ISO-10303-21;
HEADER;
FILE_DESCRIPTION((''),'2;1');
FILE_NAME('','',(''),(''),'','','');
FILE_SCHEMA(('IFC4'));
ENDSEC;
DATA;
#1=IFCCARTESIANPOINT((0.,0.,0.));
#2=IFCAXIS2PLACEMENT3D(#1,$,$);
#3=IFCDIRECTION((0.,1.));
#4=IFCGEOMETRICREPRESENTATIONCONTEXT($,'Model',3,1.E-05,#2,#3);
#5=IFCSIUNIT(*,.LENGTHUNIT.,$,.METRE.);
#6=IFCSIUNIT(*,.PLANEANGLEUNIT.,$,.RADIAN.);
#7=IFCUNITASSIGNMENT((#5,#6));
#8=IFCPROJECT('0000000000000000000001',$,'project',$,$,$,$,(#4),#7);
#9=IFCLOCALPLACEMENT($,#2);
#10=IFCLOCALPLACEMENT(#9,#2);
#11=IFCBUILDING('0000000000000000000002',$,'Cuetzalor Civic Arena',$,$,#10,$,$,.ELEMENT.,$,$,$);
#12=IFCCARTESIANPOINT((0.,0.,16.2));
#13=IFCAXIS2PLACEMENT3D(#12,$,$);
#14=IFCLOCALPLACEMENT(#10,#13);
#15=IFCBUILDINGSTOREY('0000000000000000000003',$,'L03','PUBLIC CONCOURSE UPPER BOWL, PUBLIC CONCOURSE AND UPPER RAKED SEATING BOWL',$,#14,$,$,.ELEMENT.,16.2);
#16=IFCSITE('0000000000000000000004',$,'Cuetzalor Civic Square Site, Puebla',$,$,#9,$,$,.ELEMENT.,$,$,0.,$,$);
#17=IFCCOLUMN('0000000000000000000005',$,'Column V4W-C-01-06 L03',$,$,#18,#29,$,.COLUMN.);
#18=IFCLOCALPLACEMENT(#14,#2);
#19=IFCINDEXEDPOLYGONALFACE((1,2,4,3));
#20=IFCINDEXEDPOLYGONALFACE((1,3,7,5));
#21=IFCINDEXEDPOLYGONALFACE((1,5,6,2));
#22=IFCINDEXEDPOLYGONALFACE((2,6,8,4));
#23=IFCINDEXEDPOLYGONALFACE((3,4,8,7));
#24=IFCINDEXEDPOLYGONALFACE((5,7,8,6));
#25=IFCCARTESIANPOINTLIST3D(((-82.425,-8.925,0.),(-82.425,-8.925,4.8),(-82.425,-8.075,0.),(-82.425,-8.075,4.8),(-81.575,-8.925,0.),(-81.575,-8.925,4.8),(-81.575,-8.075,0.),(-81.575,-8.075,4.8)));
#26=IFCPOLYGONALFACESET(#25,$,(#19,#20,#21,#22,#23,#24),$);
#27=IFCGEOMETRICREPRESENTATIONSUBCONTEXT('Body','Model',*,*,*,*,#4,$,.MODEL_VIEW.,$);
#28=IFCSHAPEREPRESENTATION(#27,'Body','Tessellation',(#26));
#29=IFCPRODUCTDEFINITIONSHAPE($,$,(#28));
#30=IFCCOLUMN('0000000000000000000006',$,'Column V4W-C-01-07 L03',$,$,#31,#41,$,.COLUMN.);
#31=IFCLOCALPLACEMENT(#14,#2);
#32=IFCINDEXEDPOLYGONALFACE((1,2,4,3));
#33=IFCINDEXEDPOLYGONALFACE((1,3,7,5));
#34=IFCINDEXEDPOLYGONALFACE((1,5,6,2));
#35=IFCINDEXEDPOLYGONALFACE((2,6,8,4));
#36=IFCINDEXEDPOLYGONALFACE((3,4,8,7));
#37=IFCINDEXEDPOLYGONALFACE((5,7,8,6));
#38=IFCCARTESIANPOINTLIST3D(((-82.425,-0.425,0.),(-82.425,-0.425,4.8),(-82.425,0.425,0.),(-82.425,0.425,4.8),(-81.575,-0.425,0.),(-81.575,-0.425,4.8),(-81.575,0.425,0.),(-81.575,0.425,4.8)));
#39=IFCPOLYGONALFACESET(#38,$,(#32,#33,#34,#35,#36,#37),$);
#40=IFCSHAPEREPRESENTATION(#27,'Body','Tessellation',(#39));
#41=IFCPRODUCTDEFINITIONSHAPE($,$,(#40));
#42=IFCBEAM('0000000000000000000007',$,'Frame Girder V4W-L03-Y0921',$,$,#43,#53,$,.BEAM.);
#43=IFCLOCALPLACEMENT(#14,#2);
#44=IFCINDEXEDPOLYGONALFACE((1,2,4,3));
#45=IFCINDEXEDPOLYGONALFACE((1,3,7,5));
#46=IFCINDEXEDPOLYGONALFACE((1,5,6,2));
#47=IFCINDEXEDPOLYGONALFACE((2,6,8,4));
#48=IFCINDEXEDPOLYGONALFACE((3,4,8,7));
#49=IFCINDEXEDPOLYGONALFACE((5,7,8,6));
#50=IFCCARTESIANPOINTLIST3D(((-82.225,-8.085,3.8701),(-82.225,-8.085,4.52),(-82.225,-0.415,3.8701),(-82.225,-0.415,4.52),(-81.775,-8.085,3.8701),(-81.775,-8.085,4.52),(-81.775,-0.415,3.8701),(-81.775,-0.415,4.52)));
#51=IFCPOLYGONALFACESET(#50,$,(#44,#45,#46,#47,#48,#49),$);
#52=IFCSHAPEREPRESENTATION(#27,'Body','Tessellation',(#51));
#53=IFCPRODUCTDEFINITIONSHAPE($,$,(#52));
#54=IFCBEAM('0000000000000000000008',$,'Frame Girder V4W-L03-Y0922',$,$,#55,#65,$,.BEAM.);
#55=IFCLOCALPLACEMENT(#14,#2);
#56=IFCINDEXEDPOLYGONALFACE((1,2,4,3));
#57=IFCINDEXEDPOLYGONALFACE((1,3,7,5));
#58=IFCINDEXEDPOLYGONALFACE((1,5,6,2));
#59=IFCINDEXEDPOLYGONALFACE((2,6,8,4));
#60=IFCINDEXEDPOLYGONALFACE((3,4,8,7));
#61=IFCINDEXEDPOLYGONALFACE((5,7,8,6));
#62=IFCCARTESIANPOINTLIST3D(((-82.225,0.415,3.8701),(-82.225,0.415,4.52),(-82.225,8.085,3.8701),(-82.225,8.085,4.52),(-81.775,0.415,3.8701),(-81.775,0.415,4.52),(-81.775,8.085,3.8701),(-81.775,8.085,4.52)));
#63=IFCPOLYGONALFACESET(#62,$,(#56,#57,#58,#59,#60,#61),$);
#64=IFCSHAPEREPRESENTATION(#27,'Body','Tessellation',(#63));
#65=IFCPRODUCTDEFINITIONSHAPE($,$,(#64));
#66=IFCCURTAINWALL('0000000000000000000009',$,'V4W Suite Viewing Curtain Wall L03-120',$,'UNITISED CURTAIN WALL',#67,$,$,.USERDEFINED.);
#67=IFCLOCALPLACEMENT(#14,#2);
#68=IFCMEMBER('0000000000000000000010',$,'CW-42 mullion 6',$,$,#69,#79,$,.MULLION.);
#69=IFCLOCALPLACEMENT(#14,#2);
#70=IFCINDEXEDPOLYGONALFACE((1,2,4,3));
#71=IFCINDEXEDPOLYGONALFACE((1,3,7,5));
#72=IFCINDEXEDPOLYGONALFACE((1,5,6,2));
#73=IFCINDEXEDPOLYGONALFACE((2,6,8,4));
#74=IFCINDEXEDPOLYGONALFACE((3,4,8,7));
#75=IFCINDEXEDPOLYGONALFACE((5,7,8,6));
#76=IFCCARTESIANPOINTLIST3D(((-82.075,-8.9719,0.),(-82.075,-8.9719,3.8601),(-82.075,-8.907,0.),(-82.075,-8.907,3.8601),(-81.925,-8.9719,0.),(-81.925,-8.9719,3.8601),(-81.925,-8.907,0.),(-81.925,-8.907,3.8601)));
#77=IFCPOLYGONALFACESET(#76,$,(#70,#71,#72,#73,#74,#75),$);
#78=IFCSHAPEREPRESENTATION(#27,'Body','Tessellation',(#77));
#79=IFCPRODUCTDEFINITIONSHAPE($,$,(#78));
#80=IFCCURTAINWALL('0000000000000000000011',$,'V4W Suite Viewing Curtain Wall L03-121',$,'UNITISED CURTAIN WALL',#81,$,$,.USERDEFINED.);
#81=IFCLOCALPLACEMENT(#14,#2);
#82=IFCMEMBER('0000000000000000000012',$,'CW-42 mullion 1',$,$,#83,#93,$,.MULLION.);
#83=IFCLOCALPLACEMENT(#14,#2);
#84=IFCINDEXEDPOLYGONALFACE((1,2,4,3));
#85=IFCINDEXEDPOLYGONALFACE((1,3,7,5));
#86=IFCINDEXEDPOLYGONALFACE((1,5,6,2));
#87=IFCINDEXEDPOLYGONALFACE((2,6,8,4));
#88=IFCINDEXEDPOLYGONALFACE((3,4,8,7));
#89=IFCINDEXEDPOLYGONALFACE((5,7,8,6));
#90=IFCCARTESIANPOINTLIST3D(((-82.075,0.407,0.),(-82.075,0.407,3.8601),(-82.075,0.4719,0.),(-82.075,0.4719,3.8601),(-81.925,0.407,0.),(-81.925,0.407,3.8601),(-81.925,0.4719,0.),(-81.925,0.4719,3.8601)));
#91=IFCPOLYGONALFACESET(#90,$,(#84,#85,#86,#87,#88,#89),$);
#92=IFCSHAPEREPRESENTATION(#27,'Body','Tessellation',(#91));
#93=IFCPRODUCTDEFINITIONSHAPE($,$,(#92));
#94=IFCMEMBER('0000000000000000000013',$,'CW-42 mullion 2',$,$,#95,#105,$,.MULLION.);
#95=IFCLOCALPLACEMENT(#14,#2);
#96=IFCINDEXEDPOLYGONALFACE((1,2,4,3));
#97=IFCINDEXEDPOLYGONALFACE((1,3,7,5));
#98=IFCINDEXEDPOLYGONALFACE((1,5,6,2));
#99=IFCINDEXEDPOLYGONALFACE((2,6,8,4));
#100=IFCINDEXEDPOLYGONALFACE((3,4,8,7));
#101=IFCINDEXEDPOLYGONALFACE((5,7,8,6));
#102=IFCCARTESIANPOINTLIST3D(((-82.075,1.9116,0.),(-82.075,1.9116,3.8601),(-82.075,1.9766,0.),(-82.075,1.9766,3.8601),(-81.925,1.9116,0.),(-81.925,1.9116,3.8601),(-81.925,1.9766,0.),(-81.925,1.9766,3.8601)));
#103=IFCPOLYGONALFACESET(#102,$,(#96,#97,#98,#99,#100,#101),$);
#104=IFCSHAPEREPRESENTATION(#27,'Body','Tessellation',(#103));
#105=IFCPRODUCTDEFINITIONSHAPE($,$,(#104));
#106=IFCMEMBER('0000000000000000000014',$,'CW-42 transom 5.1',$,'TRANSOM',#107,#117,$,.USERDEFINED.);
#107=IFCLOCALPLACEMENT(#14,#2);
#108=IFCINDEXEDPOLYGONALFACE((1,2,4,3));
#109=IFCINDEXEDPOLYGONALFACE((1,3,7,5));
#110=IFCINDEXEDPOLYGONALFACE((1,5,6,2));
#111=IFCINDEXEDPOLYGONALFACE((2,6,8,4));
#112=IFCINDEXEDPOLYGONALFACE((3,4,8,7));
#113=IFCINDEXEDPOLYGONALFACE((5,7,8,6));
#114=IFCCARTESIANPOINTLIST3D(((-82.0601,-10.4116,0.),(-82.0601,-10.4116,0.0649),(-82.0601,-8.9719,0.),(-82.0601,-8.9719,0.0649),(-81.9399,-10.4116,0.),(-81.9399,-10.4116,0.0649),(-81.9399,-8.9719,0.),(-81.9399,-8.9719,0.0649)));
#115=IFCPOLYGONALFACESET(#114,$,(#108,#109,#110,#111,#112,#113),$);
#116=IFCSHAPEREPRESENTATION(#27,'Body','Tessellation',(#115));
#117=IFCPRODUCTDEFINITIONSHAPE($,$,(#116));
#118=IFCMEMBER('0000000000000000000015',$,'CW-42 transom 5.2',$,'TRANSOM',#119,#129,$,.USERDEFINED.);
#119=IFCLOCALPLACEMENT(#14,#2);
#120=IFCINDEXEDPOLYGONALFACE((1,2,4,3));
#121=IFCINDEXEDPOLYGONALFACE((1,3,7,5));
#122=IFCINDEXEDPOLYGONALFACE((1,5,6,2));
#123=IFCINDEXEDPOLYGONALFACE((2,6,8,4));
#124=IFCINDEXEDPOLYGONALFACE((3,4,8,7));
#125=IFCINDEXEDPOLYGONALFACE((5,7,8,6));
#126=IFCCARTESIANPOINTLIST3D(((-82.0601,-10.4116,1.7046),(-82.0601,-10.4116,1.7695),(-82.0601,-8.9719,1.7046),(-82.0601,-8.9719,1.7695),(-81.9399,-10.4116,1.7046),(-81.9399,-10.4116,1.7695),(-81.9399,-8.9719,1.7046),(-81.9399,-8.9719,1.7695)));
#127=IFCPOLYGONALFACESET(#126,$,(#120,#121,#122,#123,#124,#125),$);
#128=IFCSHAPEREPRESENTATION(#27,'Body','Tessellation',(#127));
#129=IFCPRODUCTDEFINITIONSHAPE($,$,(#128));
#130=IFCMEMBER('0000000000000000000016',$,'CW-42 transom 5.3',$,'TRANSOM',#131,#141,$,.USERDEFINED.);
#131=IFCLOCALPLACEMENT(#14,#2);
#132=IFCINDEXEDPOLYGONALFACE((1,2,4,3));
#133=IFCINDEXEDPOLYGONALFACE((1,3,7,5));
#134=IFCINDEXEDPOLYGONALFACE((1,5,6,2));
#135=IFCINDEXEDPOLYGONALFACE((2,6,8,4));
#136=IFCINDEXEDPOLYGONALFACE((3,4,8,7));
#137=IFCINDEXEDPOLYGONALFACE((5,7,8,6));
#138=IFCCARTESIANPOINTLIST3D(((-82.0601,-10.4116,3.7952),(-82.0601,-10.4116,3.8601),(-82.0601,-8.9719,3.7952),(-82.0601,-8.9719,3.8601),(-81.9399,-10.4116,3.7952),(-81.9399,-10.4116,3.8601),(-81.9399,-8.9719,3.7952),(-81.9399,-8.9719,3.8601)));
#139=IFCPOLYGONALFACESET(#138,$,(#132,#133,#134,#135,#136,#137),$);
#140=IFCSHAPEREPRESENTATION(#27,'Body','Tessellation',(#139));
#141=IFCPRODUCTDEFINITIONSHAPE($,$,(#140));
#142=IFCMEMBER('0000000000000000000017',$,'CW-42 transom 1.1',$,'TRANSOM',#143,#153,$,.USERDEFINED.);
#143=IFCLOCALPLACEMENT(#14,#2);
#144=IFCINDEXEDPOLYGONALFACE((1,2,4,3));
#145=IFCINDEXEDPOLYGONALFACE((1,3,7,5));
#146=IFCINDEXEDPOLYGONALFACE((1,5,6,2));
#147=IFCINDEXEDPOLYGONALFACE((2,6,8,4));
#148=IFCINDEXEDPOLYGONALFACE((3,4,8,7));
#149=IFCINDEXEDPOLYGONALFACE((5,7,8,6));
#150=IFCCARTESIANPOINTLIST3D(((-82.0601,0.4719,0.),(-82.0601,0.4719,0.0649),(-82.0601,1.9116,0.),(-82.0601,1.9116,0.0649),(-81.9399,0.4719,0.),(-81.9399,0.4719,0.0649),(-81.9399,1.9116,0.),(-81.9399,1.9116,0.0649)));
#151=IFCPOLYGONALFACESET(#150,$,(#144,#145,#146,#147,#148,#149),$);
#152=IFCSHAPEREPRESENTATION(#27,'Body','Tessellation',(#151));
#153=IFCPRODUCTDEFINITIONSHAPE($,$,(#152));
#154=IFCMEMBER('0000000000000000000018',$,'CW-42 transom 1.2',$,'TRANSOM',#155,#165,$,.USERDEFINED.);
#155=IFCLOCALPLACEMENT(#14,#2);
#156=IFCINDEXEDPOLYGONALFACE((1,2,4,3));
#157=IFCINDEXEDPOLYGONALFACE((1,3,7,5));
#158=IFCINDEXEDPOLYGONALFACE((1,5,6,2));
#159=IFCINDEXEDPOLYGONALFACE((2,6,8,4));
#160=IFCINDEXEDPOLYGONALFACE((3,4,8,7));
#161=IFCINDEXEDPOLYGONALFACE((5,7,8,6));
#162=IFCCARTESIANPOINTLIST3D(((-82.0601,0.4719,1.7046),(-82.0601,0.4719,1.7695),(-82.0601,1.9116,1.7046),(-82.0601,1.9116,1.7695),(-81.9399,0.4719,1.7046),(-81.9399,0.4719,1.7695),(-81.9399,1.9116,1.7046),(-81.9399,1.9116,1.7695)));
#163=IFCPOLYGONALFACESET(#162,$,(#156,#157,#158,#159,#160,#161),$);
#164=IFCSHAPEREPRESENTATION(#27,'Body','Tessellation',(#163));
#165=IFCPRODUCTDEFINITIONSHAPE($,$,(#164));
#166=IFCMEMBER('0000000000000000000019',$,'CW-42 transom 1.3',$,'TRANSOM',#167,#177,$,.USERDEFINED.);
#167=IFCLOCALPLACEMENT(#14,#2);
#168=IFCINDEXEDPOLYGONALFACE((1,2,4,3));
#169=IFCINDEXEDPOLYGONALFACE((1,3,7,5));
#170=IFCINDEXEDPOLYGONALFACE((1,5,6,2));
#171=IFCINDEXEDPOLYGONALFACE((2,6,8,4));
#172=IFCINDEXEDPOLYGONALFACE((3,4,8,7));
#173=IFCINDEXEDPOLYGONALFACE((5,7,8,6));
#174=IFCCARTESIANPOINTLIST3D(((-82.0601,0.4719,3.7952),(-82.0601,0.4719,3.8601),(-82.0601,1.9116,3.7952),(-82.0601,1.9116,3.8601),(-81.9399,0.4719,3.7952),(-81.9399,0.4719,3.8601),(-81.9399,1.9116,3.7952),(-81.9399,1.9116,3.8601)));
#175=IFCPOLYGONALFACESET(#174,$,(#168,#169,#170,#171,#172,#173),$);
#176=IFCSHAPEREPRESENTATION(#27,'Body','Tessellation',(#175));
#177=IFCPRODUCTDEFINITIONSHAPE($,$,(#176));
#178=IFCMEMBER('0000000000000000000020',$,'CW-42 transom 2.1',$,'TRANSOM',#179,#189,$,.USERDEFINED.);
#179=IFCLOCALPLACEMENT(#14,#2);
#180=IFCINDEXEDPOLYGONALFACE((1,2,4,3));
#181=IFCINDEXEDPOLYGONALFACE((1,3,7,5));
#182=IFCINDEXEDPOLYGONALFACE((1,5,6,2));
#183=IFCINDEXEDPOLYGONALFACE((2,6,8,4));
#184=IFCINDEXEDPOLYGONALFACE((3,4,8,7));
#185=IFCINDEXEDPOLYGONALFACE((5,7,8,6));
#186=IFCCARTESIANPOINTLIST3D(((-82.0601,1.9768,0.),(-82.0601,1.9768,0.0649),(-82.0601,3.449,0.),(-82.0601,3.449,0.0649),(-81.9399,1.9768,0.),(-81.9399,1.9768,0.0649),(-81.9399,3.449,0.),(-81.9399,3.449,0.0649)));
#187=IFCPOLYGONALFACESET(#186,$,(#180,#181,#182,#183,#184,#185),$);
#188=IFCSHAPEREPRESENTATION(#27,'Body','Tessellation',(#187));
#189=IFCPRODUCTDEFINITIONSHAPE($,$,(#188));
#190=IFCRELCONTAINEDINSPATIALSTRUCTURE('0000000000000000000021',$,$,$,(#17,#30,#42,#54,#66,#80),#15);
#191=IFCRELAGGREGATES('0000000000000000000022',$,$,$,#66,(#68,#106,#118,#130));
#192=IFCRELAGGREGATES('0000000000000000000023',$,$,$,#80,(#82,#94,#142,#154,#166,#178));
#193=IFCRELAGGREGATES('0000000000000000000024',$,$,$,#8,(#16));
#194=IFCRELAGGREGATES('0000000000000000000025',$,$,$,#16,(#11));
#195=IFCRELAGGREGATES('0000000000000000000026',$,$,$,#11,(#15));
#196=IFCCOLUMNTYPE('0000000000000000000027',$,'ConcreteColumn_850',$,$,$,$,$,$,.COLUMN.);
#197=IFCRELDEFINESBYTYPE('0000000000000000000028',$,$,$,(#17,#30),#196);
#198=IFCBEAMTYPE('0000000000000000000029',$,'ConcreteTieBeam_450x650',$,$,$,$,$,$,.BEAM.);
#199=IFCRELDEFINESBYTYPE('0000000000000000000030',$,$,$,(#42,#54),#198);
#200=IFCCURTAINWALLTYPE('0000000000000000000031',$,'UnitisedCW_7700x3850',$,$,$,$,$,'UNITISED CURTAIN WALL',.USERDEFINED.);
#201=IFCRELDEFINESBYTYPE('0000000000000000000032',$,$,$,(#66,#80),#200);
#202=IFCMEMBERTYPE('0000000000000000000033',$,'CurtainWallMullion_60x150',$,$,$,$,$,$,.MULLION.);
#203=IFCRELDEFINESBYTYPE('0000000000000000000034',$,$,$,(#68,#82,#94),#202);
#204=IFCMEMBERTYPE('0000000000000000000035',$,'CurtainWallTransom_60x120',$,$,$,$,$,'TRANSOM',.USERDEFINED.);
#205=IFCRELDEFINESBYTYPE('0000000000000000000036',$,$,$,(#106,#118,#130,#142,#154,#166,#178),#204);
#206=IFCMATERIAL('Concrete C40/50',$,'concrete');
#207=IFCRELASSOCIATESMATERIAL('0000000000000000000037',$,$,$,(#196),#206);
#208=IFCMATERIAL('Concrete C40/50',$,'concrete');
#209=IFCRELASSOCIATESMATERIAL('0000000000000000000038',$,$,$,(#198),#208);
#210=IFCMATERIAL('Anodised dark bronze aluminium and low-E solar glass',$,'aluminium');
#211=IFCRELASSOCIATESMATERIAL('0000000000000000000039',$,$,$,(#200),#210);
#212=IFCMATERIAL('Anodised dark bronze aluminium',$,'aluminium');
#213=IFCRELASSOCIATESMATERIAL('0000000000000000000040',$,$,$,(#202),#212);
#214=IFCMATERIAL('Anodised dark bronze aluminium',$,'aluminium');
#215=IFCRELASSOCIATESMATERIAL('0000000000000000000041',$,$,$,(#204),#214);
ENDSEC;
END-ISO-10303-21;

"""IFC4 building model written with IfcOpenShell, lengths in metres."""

from ifc_helpers import new_model, si_unit, direction, frame, origin, origin_2d, place, context, subcontext, project, spatial, rectangle, extrude, material, material_profile, profile_set, type_object, element, aggregate, save


model = new_model("IFC4")

# Units and contexts
model_context = context("Model", 3, precision=1e-05, world=origin(), true_north=direction((0.0, 1.0)))
body_context = subcontext(model_context, "Body", "Model", "MODEL_VIEW")
ifc_project = project(units=[si_unit("LENGTHUNIT", "METRE"), si_unit("PLANEANGLEUNIT", "RADIAN")], contexts=[model_context])

# Site, building, storey
site_placement = place(None, origin())
site = spatial("IfcSite", under=ifc_project, at=site_placement, Name="Cuetzalor Civic Square Site, Puebla", CompositionType="ELEMENT", RefElevation=0.0)
building_placement = place(site_placement, origin())
building = spatial("IfcBuilding", under=site, at=building_placement, Name="Cuetzalor Civic Arena", CompositionType="ELEMENT")
storey_placement = place(building_placement, frame((0.0, 0.0, 16.2)))
storey = spatial("IfcBuildingStorey", under=building, at=storey_placement, Name="L03", Description="PUBLIC CONCOURSE UPPER BOWL, PUBLIC CONCOURSE AND UPPER RAKED SEATING BOWL", CompositionType="ELEMENT", Elevation=16.2)

# Columns
ifc_material_1 = material(Name="Concrete C40/50", Category="concrete")
ifc_material_profile_1 = material_profile(ifc_material_1, rectangle(XDim=0.8501, YDim=0.8501, at=origin_2d()), Name="RC 850x850")
ifc_profile_set_1 = profile_set([ifc_material_profile_1], Name="Concrete C40/50")
column_type = type_object("IfcColumnType", Name="ConcreteColumn_850", PredefinedType="COLUMN", material=ifc_profile_set_1)
for number, where, z_axis, x_axis, name in (
    (1, (-82.0, -8.5, 0.0), (0.0, 0.0, 1.0), (1.0, 0.0, 0.0), "Column V4W-C-01-06 L03"),
    (2, (-82.0, 0.0, 0.0), (0.0, 0.0, 1.0), (1.0, 0.0, 0.0), "Column V4W-C-01-07 L03"),
):
    element("IfcColumn", number, at=place(storey_placement, frame(where, z_axis=z_axis, x_axis=x_axis)), inside=storey, type_object=column_type, Name=name, PredefinedType="COLUMN", context=body_context, shape_type="SweptSolid", body=[
        extrude(rectangle(XDim=0.8501, YDim=0.8501, at=origin_2d()), origin(), (0.0, 0.0, 1.0), 4.8),
    ])

# Beams
ifc_material_2 = material(Name="Concrete C40/50", Category="concrete")
ifc_material_profile_2 = material_profile(ifc_material_2, rectangle(XDim=0.45, YDim=0.6499, at=origin_2d()), Name="RC 450x650")
ifc_profile_set_2 = profile_set([ifc_material_profile_2], Name="Concrete C40/50")
beam_type = type_object("IfcBeamType", Name="ConcreteTieBeam_450x650", PredefinedType="BEAM", material=ifc_profile_set_2)
for number, where, z_axis, x_axis, name in (
    (3, (-82.0, -8.085, 4.1951), (0.0, 1.0, 0.0), (-1.0, 0.0, 0.0), "Frame Girder V4W-L03-Y0921"),
    (4, (-82.0, 0.415, 4.1951), (0.0, 1.0, 0.0), (-1.0, 0.0, 0.0), "Frame Girder V4W-L03-Y0922"),
):
    element("IfcBeam", number, at=place(storey_placement, frame(where, z_axis=z_axis, x_axis=x_axis)), inside=storey, type_object=beam_type, Name=name, PredefinedType="BEAM", context=body_context, shape_type="SweptSolid", body=[
        extrude(rectangle(XDim=0.45, YDim=0.6499, at=origin_2d()), origin(), (0.0, 0.0, 1.0), 7.6699),
    ])

# Curtain wall, member
ifc_material_3 = material(Name="Anodised dark bronze aluminium and low-E solar glass", Category="aluminium")
curtain_wall_type = type_object("IfcCurtainWallType", Name="UnitisedCW_7700x3850", ElementType="UNITISED CURTAIN WALL", PredefinedType="USERDEFINED", material=ifc_material_3)
curtain_wall_1_placement = place(storey_placement, origin())
curtain_wall_1 = element("IfcCurtainWall", 5, at=curtain_wall_1_placement, inside=storey, type_object=curtain_wall_type, Name="V4W Suite Viewing Curtain Wall L03-120", ObjectType="UNITISED CURTAIN WALL", PredefinedType="USERDEFINED")
ifc_material_4 = material(Name="Anodised dark bronze aluminium", Category="aluminium")
ifc_material_profile_3 = material_profile(ifc_material_4, rectangle(XDim=0.0649, YDim=0.1499, at=origin_2d()), Name="ALU MULLION 65x150")
ifc_profile_set_3 = profile_set([ifc_material_profile_3], Name="Anodised dark bronze aluminium")
member_type_1 = type_object("IfcMemberType", Name="CurtainWallMullion_60x150", PredefinedType="MULLION", material=ifc_profile_set_3)
member_1_placement = place(storey_placement, frame((-82.0, -8.9395, 0.0), z_axis=(0.0, 0.0, 1.0), x_axis=(0.0, 1.0, 0.0)))
member_1 = element("IfcMember", 6, at=member_1_placement, type_object=member_type_1, Name="CW-42 mullion 6", PredefinedType="MULLION", context=body_context, shape_type="SweptSolid", body=[
    extrude(rectangle(XDim=0.0649, YDim=0.1499, at=origin_2d()), origin(), (0.0, 0.0, 1.0), 3.8601),
])

# Curtain wall, members
curtain_wall_2_placement = place(storey_placement, origin())
curtain_wall_2 = element("IfcCurtainWall", 7, at=curtain_wall_2_placement, inside=storey, type_object=curtain_wall_type, Name="V4W Suite Viewing Curtain Wall L03-121", ObjectType="UNITISED CURTAIN WALL", PredefinedType="USERDEFINED")
member_2_placement = place(storey_placement, frame((-82.0, 0.4395, 0.0), z_axis=(0.0, 0.0, 1.0), x_axis=(0.0, 1.0, 0.0)))
member_2 = element("IfcMember", 8, at=member_2_placement, type_object=member_type_1, Name="CW-42 mullion 1", PredefinedType="MULLION", context=body_context, shape_type="SweptSolid", body=[
    extrude(rectangle(XDim=0.0649, YDim=0.1499, at=origin_2d()), origin(), (0.0, 0.0, 1.0), 3.8601),
])
member_3_placement = place(storey_placement, frame((-82.0, 1.9441, 0.0), z_axis=(0.0, 0.0, 1.0), x_axis=(0.0, 1.0, 0.0)))
member_3 = element("IfcMember", 9, at=member_3_placement, type_object=member_type_1, Name="CW-42 mullion 2", PredefinedType="MULLION", context=body_context, shape_type="SweptSolid", body=[
    extrude(rectangle(XDim=0.0649, YDim=0.1499, at=origin_2d()), origin(), (0.0, 0.0, 1.0), 3.8601),
])

# Members
ifc_material_5 = material(Name="Anodised dark bronze aluminium", Category="aluminium")
ifc_material_profile_4 = material_profile(ifc_material_5, rectangle(XDim=0.1201, YDim=0.0649, at=origin_2d()), Name="ALU TRANSOM 65x120")
ifc_profile_set_4 = profile_set([ifc_material_profile_4], Name="Anodised dark bronze aluminium")
member_type_2 = type_object("IfcMemberType", Name="CurtainWallTransom_60x120", ElementType="TRANSOM", PredefinedType="USERDEFINED", material=ifc_profile_set_4)
member_4_placement = place(storey_placement, frame((-82.0, -10.4116, 0.0325), z_axis=(0.0, 1.0, 0.0), x_axis=(-1.0, 0.0, 0.0)))
member_4 = element("IfcMember", 10, at=member_4_placement, type_object=member_type_2, Name="CW-42 transom 5.1", ObjectType="TRANSOM", PredefinedType="USERDEFINED", context=body_context, shape_type="SweptSolid", body=[
    extrude(rectangle(XDim=0.1201, YDim=0.0649, at=origin_2d()), origin(), (0.0, 0.0, 1.0), 1.4397),
])
member_5_placement = place(storey_placement, frame((-82.0, -10.4116, 1.7371), z_axis=(0.0, 1.0, 0.0), x_axis=(-1.0, 0.0, 0.0)))
member_5 = element("IfcMember", 11, at=member_5_placement, type_object=member_type_2, Name="CW-42 transom 5.2", ObjectType="TRANSOM", PredefinedType="USERDEFINED", context=body_context, shape_type="SweptSolid", body=[
    extrude(rectangle(XDim=0.1201, YDim=0.0649, at=origin_2d()), origin(), (0.0, 0.0, 1.0), 1.4397),
])
member_6_placement = place(storey_placement, frame((-82.0, -10.4116, 3.8276), z_axis=(0.0, 1.0, 0.0), x_axis=(-1.0, 0.0, 0.0)))
member_6 = element("IfcMember", 12, at=member_6_placement, type_object=member_type_2, Name="CW-42 transom 5.3", ObjectType="TRANSOM", PredefinedType="USERDEFINED", context=body_context, shape_type="SweptSolid", body=[
    extrude(rectangle(XDim=0.1201, YDim=0.0649, at=origin_2d()), origin(), (0.0, 0.0, 1.0), 1.4397),
])
member_7_placement = place(storey_placement, frame((-82.0, 0.4719, 0.0325), z_axis=(0.0, 1.0, 0.0), x_axis=(-1.0, 0.0, 0.0)))
member_7 = element("IfcMember", 13, at=member_7_placement, type_object=member_type_2, Name="CW-42 transom 1.1", ObjectType="TRANSOM", PredefinedType="USERDEFINED", context=body_context, shape_type="SweptSolid", body=[
    extrude(rectangle(XDim=0.1201, YDim=0.0649, at=origin_2d()), origin(), (0.0, 0.0, 1.0), 1.4397),
])
member_8_placement = place(storey_placement, frame((-82.0, 0.4719, 1.7371), z_axis=(0.0, 1.0, 0.0), x_axis=(-1.0, 0.0, 0.0)))
member_8 = element("IfcMember", 14, at=member_8_placement, type_object=member_type_2, Name="CW-42 transom 1.2", ObjectType="TRANSOM", PredefinedType="USERDEFINED", context=body_context, shape_type="SweptSolid", body=[
    extrude(rectangle(XDim=0.1201, YDim=0.0649, at=origin_2d()), origin(), (0.0, 0.0, 1.0), 1.4397),
])
member_9_placement = place(storey_placement, frame((-82.0, 0.4719, 3.8276), z_axis=(0.0, 1.0, 0.0), x_axis=(-1.0, 0.0, 0.0)))
member_9 = element("IfcMember", 15, at=member_9_placement, type_object=member_type_2, Name="CW-42 transom 1.3", ObjectType="TRANSOM", PredefinedType="USERDEFINED", context=body_context, shape_type="SweptSolid", body=[
    extrude(rectangle(XDim=0.1201, YDim=0.0649, at=origin_2d()), origin(), (0.0, 0.0, 1.0), 1.4397),
])
member_10_placement = place(storey_placement, frame((-82.0, 1.9768, 0.0325), z_axis=(0.0, 1.0, 0.0), x_axis=(-1.0, 0.0, 0.0)))
member_10 = element("IfcMember", 16, at=member_10_placement, type_object=member_type_2, Name="CW-42 transom 2.1", ObjectType="TRANSOM", PredefinedType="USERDEFINED", context=body_context, shape_type="SweptSolid", body=[
    extrude(rectangle(XDim=0.1201, YDim=0.0649, at=origin_2d()), origin(), (0.0, 0.0, 1.0), 1.4722),
])

aggregate(curtain_wall_1, [member_1, member_4, member_5, member_6])
aggregate(curtain_wall_2, [member_2, member_3, member_7, member_8, member_9, member_10])

save(model, "model.ifc")
